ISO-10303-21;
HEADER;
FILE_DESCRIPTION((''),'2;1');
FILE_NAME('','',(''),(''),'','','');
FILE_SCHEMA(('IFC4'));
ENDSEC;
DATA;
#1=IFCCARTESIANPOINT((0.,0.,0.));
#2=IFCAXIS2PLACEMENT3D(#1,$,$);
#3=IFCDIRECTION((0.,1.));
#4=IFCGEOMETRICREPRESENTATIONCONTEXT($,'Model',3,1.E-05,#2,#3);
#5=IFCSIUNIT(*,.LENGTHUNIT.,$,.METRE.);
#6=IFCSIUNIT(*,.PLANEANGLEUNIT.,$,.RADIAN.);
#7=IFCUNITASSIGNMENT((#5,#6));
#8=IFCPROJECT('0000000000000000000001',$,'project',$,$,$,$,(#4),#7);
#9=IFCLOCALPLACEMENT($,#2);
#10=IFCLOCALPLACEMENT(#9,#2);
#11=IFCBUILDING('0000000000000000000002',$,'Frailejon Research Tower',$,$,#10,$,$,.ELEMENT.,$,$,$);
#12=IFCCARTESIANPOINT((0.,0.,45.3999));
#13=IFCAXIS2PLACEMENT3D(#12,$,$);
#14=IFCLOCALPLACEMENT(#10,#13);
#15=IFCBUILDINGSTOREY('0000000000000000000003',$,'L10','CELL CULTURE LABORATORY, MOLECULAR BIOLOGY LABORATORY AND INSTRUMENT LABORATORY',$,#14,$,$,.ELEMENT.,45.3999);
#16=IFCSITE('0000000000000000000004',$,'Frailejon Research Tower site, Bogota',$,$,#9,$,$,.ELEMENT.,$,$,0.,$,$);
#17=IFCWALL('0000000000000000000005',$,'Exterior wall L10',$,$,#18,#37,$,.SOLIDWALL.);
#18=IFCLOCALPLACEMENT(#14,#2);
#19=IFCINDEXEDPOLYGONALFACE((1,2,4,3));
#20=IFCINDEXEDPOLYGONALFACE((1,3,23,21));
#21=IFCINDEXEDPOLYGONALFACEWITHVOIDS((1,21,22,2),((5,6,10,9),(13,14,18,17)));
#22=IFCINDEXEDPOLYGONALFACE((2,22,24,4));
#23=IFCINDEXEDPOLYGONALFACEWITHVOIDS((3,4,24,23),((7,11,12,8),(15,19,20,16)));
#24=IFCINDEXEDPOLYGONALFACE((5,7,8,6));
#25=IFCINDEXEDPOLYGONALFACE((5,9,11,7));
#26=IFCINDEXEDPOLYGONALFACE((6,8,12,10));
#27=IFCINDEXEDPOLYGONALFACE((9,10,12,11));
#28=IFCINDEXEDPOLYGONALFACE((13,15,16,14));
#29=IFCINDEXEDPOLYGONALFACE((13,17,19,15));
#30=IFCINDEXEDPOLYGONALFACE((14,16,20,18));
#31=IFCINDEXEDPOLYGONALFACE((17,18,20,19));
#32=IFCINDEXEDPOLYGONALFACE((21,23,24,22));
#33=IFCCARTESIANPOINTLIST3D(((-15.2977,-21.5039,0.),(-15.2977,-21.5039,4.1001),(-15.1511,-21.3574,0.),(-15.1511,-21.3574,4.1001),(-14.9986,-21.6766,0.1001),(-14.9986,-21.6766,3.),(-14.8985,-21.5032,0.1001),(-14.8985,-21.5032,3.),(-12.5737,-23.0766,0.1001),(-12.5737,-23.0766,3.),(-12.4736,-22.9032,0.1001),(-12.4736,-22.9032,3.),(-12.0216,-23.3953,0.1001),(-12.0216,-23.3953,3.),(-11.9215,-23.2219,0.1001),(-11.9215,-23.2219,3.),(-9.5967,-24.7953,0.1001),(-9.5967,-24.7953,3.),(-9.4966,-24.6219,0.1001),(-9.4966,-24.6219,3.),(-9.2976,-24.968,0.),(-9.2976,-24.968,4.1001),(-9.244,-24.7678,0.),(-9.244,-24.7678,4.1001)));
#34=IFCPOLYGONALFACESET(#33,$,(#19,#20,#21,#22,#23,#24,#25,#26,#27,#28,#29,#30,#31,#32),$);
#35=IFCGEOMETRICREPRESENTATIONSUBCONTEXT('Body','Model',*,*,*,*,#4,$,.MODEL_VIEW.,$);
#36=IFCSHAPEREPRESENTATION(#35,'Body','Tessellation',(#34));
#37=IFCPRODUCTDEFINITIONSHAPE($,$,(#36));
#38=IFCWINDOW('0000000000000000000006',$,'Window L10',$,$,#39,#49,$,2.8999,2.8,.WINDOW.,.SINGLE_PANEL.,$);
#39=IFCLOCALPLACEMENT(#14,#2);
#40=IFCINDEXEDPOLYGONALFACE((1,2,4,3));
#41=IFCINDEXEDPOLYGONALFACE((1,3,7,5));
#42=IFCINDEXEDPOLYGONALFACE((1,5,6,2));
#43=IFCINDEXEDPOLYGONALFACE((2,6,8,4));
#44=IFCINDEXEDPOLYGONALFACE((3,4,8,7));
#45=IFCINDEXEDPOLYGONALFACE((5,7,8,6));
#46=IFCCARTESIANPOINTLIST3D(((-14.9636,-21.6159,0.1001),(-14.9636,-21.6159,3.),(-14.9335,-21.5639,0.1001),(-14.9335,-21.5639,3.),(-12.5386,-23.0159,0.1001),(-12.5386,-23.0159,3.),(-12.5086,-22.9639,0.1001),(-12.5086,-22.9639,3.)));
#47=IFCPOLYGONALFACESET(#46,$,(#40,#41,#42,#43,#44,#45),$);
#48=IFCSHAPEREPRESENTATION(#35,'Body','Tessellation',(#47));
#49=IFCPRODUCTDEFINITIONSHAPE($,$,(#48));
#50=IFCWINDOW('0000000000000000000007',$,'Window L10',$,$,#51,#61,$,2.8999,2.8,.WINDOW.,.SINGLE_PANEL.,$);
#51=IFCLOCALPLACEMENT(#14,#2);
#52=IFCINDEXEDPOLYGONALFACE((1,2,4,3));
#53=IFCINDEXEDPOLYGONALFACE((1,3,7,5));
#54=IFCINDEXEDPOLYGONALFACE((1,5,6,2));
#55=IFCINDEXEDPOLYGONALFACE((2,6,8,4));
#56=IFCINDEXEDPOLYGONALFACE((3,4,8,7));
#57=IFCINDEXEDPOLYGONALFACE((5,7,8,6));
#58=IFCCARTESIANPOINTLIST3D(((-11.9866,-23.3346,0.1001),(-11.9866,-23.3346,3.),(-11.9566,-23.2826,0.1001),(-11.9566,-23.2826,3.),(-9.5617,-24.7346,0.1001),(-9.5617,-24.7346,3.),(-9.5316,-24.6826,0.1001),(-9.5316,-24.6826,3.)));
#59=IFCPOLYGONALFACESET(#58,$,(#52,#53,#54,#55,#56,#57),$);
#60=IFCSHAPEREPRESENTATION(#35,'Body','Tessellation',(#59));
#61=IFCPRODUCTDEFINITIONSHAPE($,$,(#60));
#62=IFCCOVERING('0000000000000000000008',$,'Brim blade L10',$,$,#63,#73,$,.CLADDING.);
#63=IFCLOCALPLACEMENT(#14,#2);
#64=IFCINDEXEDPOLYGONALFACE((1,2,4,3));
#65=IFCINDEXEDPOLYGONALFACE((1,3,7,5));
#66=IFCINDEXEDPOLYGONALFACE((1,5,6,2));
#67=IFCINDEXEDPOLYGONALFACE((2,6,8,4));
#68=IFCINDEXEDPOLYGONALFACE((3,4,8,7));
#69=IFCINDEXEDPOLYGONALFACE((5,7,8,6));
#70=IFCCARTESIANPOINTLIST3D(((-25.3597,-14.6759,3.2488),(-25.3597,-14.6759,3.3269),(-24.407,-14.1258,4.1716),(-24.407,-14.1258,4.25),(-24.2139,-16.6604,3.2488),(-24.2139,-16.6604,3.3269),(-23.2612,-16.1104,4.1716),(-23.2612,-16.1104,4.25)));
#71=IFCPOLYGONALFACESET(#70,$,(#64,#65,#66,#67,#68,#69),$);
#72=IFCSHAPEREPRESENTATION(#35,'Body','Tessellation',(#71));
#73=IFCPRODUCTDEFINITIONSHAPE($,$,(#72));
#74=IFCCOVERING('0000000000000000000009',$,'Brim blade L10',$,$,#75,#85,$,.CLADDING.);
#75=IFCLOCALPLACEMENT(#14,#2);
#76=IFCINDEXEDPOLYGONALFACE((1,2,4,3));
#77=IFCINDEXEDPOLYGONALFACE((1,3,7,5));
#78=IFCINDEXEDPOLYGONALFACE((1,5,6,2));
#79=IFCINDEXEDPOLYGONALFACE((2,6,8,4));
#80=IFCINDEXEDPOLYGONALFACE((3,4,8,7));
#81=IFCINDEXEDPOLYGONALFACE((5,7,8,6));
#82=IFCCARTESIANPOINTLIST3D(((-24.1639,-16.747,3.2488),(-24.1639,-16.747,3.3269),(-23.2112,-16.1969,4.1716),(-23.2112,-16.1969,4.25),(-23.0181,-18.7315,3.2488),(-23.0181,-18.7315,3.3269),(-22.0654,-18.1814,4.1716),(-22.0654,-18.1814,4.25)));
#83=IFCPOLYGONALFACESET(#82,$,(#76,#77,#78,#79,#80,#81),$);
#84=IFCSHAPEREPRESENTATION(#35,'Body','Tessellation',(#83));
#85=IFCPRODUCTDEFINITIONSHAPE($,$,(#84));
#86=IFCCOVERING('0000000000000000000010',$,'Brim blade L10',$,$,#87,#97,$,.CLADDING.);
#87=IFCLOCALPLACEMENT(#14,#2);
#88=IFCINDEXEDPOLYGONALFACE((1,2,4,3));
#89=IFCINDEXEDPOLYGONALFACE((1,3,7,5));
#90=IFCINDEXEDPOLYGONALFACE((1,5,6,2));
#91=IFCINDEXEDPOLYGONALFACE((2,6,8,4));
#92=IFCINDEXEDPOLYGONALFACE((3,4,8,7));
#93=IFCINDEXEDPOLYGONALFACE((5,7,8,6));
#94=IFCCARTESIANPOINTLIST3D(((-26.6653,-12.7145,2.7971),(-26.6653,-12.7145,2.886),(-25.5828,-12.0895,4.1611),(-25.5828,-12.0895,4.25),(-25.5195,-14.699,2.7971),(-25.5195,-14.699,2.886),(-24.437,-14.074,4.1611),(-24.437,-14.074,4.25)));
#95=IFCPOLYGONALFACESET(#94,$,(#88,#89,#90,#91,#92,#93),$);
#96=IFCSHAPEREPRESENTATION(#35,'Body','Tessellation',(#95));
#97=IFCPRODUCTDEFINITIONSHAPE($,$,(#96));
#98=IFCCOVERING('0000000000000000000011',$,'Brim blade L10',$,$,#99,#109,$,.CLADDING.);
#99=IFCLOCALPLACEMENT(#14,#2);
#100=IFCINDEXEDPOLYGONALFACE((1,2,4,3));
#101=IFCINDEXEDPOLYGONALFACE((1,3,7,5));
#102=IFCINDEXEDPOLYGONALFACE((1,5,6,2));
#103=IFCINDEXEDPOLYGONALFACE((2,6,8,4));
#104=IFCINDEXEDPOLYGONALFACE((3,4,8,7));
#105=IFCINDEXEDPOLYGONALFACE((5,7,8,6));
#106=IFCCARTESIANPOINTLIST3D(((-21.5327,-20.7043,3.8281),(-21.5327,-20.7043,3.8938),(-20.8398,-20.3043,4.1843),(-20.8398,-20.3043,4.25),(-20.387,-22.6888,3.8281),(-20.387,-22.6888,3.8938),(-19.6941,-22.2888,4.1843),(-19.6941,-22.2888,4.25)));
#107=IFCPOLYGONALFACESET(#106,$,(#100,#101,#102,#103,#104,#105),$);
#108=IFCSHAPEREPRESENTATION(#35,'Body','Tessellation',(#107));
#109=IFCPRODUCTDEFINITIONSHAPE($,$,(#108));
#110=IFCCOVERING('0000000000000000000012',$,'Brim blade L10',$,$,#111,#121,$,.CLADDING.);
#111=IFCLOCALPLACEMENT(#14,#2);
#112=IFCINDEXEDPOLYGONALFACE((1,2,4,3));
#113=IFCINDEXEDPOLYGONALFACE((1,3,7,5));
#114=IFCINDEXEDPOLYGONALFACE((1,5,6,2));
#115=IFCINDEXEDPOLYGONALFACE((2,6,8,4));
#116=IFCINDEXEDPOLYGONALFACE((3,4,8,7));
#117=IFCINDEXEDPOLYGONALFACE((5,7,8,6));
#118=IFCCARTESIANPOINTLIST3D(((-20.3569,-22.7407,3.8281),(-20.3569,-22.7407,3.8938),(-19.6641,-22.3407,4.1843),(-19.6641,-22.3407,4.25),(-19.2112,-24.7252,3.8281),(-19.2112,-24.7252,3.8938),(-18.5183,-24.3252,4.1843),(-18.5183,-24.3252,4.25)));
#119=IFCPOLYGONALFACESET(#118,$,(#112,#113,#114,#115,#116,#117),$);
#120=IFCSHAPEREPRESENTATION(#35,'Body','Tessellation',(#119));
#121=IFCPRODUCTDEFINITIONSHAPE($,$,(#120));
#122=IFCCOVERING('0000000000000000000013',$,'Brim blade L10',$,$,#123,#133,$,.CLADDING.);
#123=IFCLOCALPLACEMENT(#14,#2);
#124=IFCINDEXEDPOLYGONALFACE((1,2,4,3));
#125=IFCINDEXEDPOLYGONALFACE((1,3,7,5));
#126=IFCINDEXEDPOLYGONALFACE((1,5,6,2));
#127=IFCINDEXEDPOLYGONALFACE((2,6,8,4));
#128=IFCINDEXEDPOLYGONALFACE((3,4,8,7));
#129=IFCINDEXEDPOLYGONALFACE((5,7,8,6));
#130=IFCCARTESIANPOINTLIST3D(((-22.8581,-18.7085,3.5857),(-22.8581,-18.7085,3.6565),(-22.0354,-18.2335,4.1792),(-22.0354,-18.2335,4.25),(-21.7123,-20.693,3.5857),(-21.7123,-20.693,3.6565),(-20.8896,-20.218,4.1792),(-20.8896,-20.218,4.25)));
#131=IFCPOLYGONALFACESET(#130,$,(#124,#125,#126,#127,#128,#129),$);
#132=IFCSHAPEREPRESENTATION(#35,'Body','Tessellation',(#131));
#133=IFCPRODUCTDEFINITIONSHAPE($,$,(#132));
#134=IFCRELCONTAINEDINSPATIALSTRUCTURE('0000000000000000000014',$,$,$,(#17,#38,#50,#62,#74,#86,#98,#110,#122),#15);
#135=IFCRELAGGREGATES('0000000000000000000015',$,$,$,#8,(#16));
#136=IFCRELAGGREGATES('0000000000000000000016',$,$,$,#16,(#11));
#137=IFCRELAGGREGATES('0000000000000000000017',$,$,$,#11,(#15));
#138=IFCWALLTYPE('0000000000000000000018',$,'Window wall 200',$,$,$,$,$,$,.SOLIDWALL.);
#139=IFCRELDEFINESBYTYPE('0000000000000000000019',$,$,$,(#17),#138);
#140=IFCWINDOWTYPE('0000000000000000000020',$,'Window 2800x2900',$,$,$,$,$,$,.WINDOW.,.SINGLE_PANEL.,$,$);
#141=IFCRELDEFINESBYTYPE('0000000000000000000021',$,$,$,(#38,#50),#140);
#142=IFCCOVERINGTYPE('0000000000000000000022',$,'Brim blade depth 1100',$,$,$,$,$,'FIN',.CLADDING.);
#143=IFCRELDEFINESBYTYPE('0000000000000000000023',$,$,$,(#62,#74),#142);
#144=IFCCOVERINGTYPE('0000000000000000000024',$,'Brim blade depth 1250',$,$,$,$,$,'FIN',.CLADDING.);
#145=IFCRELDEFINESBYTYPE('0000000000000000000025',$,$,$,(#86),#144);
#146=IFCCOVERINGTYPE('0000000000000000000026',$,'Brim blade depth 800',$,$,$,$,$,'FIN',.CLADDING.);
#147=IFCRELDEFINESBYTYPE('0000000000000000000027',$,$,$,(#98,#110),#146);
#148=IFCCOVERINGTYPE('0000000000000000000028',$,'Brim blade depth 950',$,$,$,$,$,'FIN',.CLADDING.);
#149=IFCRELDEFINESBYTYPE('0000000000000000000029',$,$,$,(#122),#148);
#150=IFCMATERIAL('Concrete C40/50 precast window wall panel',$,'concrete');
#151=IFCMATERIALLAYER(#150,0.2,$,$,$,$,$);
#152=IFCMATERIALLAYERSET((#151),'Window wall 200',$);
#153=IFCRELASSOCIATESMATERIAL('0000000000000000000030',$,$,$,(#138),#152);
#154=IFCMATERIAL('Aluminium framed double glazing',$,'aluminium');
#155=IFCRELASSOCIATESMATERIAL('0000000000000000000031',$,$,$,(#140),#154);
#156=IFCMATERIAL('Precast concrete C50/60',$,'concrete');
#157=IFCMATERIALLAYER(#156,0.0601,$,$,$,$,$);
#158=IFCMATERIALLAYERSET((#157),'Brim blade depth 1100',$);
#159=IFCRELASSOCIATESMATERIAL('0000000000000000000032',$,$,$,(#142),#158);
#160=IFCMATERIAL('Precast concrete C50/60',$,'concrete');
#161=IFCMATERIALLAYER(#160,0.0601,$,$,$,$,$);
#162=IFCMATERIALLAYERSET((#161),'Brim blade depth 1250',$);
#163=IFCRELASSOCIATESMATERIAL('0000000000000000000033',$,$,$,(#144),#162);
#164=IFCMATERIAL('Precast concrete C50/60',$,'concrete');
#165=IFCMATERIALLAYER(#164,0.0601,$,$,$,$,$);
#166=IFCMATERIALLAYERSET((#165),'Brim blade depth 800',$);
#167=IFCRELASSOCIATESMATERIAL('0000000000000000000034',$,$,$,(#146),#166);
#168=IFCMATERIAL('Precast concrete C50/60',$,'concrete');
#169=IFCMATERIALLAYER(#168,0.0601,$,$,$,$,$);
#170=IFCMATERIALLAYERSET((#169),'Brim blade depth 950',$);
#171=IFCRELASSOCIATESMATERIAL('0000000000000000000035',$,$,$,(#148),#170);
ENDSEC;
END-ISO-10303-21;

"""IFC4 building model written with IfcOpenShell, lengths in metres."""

from ifc_helpers import new_model, si_unit, direction, frame, frame_2d, origin, place, context, subcontext, project, spatial, polyline, rectangle, outline, extrude, material, layer, layer_set, type_object, element, fill, save


model = new_model("IFC4")

# Units and contexts
model_context = context("Model", 3, precision=1e-05, world=origin(), true_north=direction((0.0, 1.0)))
body_context = subcontext(model_context, "Body", "Model", "MODEL_VIEW")
ifc_project = project(units=[si_unit("LENGTHUNIT", "METRE"), si_unit("PLANEANGLEUNIT", "RADIAN")], contexts=[model_context])

# Site, building, storey
site_placement = place(None, origin())
site = spatial("IfcSite", under=ifc_project, at=site_placement, Name="Frailejon Research Tower site, Bogota", CompositionType="ELEMENT", RefElevation=0.0)
building_placement = place(site_placement, origin())
building = spatial("IfcBuilding", under=site, at=building_placement, Name="Frailejon Research Tower", CompositionType="ELEMENT")
storey_placement = place(building_placement, frame((0.0, 0.0, 45.3999)))
storey = spatial("IfcBuildingStorey", under=building, at=storey_placement, Name="L10", Description="CELL CULTURE LABORATORY, MOLECULAR BIOLOGY LABORATORY AND INSTRUMENT LABORATORY", CompositionType="ELEMENT", Elevation=45.3999)

# Wall, openings, windows
ifc_material_1 = material(Name="Concrete C40/50 precast window wall panel", Category="concrete")
ifc_layer_1 = layer(ifc_material_1, 0.2)
ifc_layer_set_1 = layer_set([ifc_layer_1], Name="Window wall 200")
wall_type_1 = type_object("IfcWallType", Name="Window wall 200", PredefinedType="SOLIDWALL", material=ifc_layer_set_1)
wall_1_placement = place(storey_placement, frame((-15.2244, -21.4307, 0.0), z_axis=(0.0, 0.0, 1.0), x_axis=(0.866029, -0.499993, 0.0)))
wall_1 = element("IfcWall", 1, at=wall_1_placement, inside=storey, type_object=wall_type_1, Name="Exterior wall L10", PredefinedType="SOLIDWALL", context=body_context, shape_type="SweptSolid", body=[
    extrude(outline(polyline([(-0.0269, -0.1001), (1.1279, -0.1001), (2.2825, -0.1001), (3.4373, -0.1001), (4.592, -0.1001), (5.7466, -0.1001), (6.9014, -0.1001), (6.8477, 0.1001), (5.7109, 0.1001), (4.574, 0.1001), (3.4373, 0.1001), (2.3005, 0.1001), (1.1636, 0.1001), (0.0269, 0.1001), (-0.0269, -0.1001)])), origin(), (0.0, 0.0, 1.0), 4.1001),
])
opening_1_placement = place(wall_1_placement, frame((0.3186, 0.0, 0.1001)))
opening_1 = element("IfcOpeningElement", 2, at=opening_1_placement, cuts=wall_1, PredefinedType="OPENING", context=body_context, shape_type="SweptSolid", body=[
    extrude(rectangle(XDim=2.8, YDim=2.8999, at=frame_2d((1.3999, 1.45))), frame((0.0, 0.1099, 0.0), z_axis=(0.0, -1.0, 0.0), x_axis=(1.0, 0.0, 0.0)), (0.0, 0.0, 1.0), 0.22),
])
opening_2_placement = place(wall_1_placement, frame((3.7561, 0.0, 0.1001)))
opening_2 = element("IfcOpeningElement", 3, at=opening_2_placement, cuts=wall_1, PredefinedType="OPENING", context=body_context, shape_type="SweptSolid", body=[
    extrude(rectangle(XDim=2.8, YDim=2.8999, at=frame_2d((1.3999, 1.45))), frame((0.0, 0.1099, 0.0), z_axis=(0.0, -1.0, 0.0), x_axis=(1.0, 0.0, 0.0)), (0.0, 0.0, 1.0), 0.22),
])
ifc_material_2 = material(Name="Aluminium framed double glazing", Category="aluminium")
window_type = type_object("IfcWindowType", Name="Window 2800x2900", PartitioningType="SINGLE_PANEL", PredefinedType="WINDOW", material=ifc_material_2)
window_1_placement = place(opening_1_placement, origin())
window_1 = element("IfcWindow", 4, at=window_1_placement, inside=storey, type_object=window_type, Name="Window L10", OverallHeight=2.8999, OverallWidth=2.8, PartitioningType="SINGLE_PANEL", PredefinedType="WINDOW", context=body_context, shape_type="SweptSolid", body=[
    extrude(rectangle(XDim=2.8, YDim=2.8999, at=frame_2d((1.3999, 1.45))), frame((0.0, 0.03, 0.0), z_axis=(0.0, -1.0, 0.0), x_axis=(1.0, 0.0, 0.0)), (0.0, 0.0, 1.0), 0.0601),
])
fill(opening_1, window_1)
window_2_placement = place(opening_2_placement, origin())
window_2 = element("IfcWindow", 5, at=window_2_placement, inside=storey, type_object=window_type, Name="Window L10", OverallHeight=2.8999, OverallWidth=2.8, PartitioningType="SINGLE_PANEL", PredefinedType="WINDOW", context=body_context, shape_type="SweptSolid", body=[
    extrude(rectangle(XDim=2.8, YDim=2.8999, at=frame_2d((1.3999, 1.45))), frame((0.0, 0.03, 0.0), z_axis=(0.0, -1.0, 0.0), x_axis=(1.0, 0.0, 0.0)), (0.0, 0.0, 1.0), 0.0601),
])
fill(opening_2, window_2)

# Coverings
ifc_material_3 = material(Name="Precast concrete C50/60", Category="concrete")
ifc_layer_2 = layer(ifc_material_3, 0.0601)
ifc_layer_set_2 = layer_set([ifc_layer_2], Name="Brim blade depth 1100")
covering_type_1 = type_object("IfcCoveringType", Name="Brim blade depth 1100", ElementType="FIN", PredefinedType="CLADDING", material=ifc_layer_set_2)
for number, where, z_axis, x_axis, name in (
    (6, (-23.2612, -16.1104, 4.25), (-0.499999, 0.866026, 0.0), (-0.866026, -0.499999, 0.0), "Brim blade L10"),
    (7, (-22.0654, -18.1814, 4.25), (-0.500005, 0.866022, 0.0), (-0.866022, -0.500005, 0.0), "Brim blade L10"),
):
    element("IfcCovering", number, at=place(storey_placement, frame(where, z_axis=z_axis, x_axis=x_axis)), inside=storey, type_object=covering_type_1, Name=name, PredefinedType="CLADDING", context=body_context, shape_type="SweptSolid", body=[
        extrude(outline(polyline([(0.0, -0.0784), (1.1001, -1.0012), (1.1001, -0.9231), (0.0, 0.0), (0.0, -0.0784)])), origin(), (0.0, 0.0, 1.0), 2.2915),
    ])
ifc_material_4 = material(Name="Precast concrete C50/60", Category="concrete")
ifc_layer_3 = layer(ifc_material_4, 0.0601)
ifc_layer_set_3 = layer_set([ifc_layer_3], Name="Brim blade depth 1250")
covering_type_2 = type_object("IfcCoveringType", Name="Brim blade depth 1250", ElementType="FIN", PredefinedType="CLADDING", material=ifc_layer_set_3)
covering_1_placement = place(storey_placement, frame((-24.437, -14.074, 4.25), z_axis=(-0.499999, 0.866026, 0.0), x_axis=(-0.866026, -0.499999, 0.0)))
element("IfcCovering", 8, at=covering_1_placement, inside=storey, type_object=covering_type_2, Name="Brim blade L10", PredefinedType="CLADDING", context=body_context, shape_type="SweptSolid", body=[
    extrude(outline(polyline([(0.0, -0.0889), (1.25, -1.4529), (1.25, -1.364), (0.0, 0.0), (0.0, -0.0889)])), origin(), (0.0, 0.0, 1.0), 2.2915),
])
ifc_material_5 = material(Name="Precast concrete C50/60", Category="concrete")
ifc_layer_4 = layer(ifc_material_5, 0.0601)
ifc_layer_set_4 = layer_set([ifc_layer_4], Name="Brim blade depth 800")
covering_type_3 = type_object("IfcCoveringType", Name="Brim blade depth 800", ElementType="FIN", PredefinedType="CLADDING", material=ifc_layer_set_4)
for number, where, z_axis, x_axis, name in (
    (9, (-19.6941, -22.2888, 4.25), (-0.499999, 0.866026, 0.0), (-0.866026, -0.499999, 0.0), "Brim blade L10"),
    (10, (-18.5183, -24.3252, 4.25), (-0.499999, 0.866026, 0.0), (-0.866026, -0.499999, 0.0), "Brim blade L10"),
):
    element("IfcCovering", number, at=place(storey_placement, frame(where, z_axis=z_axis, x_axis=x_axis)), inside=storey, type_object=covering_type_3, Name=name, PredefinedType="CLADDING", context=body_context, shape_type="SweptSolid", body=[
        extrude(outline(polyline([(0.0, -0.0657), (0.8, -0.4219), (0.8, -0.3562), (0.0, 0.0), (0.0, -0.0657)])), origin(), (0.0, 0.0, 1.0), 2.2915),
    ])
ifc_material_6 = material(Name="Precast concrete C50/60", Category="concrete")
ifc_layer_5 = layer(ifc_material_6, 0.0601)
ifc_layer_set_5 = layer_set([ifc_layer_5], Name="Brim blade depth 950")
covering_type_4 = type_object("IfcCoveringType", Name="Brim blade depth 950", ElementType="FIN", PredefinedType="CLADDING", material=ifc_layer_set_5)
covering_2_placement = place(storey_placement, frame((-20.8896, -20.218, 4.25), z_axis=(-0.500005, 0.866022, 0.0), x_axis=(-0.866022, -0.500005, 0.0)))
element("IfcCovering", 11, at=covering_2_placement, inside=storey, type_object=covering_type_4, Name="Brim blade L10", PredefinedType="CLADDING", context=body_context, shape_type="SweptSolid", body=[
    extrude(outline(polyline([(0.0, -0.0708), (0.95, -0.6643), (0.95, -0.5935), (0.0, 0.0), (0.0, -0.0708)])), origin(), (0.0, 0.0, 1.0), 2.2915),
])

save(model, "model.ifc")
